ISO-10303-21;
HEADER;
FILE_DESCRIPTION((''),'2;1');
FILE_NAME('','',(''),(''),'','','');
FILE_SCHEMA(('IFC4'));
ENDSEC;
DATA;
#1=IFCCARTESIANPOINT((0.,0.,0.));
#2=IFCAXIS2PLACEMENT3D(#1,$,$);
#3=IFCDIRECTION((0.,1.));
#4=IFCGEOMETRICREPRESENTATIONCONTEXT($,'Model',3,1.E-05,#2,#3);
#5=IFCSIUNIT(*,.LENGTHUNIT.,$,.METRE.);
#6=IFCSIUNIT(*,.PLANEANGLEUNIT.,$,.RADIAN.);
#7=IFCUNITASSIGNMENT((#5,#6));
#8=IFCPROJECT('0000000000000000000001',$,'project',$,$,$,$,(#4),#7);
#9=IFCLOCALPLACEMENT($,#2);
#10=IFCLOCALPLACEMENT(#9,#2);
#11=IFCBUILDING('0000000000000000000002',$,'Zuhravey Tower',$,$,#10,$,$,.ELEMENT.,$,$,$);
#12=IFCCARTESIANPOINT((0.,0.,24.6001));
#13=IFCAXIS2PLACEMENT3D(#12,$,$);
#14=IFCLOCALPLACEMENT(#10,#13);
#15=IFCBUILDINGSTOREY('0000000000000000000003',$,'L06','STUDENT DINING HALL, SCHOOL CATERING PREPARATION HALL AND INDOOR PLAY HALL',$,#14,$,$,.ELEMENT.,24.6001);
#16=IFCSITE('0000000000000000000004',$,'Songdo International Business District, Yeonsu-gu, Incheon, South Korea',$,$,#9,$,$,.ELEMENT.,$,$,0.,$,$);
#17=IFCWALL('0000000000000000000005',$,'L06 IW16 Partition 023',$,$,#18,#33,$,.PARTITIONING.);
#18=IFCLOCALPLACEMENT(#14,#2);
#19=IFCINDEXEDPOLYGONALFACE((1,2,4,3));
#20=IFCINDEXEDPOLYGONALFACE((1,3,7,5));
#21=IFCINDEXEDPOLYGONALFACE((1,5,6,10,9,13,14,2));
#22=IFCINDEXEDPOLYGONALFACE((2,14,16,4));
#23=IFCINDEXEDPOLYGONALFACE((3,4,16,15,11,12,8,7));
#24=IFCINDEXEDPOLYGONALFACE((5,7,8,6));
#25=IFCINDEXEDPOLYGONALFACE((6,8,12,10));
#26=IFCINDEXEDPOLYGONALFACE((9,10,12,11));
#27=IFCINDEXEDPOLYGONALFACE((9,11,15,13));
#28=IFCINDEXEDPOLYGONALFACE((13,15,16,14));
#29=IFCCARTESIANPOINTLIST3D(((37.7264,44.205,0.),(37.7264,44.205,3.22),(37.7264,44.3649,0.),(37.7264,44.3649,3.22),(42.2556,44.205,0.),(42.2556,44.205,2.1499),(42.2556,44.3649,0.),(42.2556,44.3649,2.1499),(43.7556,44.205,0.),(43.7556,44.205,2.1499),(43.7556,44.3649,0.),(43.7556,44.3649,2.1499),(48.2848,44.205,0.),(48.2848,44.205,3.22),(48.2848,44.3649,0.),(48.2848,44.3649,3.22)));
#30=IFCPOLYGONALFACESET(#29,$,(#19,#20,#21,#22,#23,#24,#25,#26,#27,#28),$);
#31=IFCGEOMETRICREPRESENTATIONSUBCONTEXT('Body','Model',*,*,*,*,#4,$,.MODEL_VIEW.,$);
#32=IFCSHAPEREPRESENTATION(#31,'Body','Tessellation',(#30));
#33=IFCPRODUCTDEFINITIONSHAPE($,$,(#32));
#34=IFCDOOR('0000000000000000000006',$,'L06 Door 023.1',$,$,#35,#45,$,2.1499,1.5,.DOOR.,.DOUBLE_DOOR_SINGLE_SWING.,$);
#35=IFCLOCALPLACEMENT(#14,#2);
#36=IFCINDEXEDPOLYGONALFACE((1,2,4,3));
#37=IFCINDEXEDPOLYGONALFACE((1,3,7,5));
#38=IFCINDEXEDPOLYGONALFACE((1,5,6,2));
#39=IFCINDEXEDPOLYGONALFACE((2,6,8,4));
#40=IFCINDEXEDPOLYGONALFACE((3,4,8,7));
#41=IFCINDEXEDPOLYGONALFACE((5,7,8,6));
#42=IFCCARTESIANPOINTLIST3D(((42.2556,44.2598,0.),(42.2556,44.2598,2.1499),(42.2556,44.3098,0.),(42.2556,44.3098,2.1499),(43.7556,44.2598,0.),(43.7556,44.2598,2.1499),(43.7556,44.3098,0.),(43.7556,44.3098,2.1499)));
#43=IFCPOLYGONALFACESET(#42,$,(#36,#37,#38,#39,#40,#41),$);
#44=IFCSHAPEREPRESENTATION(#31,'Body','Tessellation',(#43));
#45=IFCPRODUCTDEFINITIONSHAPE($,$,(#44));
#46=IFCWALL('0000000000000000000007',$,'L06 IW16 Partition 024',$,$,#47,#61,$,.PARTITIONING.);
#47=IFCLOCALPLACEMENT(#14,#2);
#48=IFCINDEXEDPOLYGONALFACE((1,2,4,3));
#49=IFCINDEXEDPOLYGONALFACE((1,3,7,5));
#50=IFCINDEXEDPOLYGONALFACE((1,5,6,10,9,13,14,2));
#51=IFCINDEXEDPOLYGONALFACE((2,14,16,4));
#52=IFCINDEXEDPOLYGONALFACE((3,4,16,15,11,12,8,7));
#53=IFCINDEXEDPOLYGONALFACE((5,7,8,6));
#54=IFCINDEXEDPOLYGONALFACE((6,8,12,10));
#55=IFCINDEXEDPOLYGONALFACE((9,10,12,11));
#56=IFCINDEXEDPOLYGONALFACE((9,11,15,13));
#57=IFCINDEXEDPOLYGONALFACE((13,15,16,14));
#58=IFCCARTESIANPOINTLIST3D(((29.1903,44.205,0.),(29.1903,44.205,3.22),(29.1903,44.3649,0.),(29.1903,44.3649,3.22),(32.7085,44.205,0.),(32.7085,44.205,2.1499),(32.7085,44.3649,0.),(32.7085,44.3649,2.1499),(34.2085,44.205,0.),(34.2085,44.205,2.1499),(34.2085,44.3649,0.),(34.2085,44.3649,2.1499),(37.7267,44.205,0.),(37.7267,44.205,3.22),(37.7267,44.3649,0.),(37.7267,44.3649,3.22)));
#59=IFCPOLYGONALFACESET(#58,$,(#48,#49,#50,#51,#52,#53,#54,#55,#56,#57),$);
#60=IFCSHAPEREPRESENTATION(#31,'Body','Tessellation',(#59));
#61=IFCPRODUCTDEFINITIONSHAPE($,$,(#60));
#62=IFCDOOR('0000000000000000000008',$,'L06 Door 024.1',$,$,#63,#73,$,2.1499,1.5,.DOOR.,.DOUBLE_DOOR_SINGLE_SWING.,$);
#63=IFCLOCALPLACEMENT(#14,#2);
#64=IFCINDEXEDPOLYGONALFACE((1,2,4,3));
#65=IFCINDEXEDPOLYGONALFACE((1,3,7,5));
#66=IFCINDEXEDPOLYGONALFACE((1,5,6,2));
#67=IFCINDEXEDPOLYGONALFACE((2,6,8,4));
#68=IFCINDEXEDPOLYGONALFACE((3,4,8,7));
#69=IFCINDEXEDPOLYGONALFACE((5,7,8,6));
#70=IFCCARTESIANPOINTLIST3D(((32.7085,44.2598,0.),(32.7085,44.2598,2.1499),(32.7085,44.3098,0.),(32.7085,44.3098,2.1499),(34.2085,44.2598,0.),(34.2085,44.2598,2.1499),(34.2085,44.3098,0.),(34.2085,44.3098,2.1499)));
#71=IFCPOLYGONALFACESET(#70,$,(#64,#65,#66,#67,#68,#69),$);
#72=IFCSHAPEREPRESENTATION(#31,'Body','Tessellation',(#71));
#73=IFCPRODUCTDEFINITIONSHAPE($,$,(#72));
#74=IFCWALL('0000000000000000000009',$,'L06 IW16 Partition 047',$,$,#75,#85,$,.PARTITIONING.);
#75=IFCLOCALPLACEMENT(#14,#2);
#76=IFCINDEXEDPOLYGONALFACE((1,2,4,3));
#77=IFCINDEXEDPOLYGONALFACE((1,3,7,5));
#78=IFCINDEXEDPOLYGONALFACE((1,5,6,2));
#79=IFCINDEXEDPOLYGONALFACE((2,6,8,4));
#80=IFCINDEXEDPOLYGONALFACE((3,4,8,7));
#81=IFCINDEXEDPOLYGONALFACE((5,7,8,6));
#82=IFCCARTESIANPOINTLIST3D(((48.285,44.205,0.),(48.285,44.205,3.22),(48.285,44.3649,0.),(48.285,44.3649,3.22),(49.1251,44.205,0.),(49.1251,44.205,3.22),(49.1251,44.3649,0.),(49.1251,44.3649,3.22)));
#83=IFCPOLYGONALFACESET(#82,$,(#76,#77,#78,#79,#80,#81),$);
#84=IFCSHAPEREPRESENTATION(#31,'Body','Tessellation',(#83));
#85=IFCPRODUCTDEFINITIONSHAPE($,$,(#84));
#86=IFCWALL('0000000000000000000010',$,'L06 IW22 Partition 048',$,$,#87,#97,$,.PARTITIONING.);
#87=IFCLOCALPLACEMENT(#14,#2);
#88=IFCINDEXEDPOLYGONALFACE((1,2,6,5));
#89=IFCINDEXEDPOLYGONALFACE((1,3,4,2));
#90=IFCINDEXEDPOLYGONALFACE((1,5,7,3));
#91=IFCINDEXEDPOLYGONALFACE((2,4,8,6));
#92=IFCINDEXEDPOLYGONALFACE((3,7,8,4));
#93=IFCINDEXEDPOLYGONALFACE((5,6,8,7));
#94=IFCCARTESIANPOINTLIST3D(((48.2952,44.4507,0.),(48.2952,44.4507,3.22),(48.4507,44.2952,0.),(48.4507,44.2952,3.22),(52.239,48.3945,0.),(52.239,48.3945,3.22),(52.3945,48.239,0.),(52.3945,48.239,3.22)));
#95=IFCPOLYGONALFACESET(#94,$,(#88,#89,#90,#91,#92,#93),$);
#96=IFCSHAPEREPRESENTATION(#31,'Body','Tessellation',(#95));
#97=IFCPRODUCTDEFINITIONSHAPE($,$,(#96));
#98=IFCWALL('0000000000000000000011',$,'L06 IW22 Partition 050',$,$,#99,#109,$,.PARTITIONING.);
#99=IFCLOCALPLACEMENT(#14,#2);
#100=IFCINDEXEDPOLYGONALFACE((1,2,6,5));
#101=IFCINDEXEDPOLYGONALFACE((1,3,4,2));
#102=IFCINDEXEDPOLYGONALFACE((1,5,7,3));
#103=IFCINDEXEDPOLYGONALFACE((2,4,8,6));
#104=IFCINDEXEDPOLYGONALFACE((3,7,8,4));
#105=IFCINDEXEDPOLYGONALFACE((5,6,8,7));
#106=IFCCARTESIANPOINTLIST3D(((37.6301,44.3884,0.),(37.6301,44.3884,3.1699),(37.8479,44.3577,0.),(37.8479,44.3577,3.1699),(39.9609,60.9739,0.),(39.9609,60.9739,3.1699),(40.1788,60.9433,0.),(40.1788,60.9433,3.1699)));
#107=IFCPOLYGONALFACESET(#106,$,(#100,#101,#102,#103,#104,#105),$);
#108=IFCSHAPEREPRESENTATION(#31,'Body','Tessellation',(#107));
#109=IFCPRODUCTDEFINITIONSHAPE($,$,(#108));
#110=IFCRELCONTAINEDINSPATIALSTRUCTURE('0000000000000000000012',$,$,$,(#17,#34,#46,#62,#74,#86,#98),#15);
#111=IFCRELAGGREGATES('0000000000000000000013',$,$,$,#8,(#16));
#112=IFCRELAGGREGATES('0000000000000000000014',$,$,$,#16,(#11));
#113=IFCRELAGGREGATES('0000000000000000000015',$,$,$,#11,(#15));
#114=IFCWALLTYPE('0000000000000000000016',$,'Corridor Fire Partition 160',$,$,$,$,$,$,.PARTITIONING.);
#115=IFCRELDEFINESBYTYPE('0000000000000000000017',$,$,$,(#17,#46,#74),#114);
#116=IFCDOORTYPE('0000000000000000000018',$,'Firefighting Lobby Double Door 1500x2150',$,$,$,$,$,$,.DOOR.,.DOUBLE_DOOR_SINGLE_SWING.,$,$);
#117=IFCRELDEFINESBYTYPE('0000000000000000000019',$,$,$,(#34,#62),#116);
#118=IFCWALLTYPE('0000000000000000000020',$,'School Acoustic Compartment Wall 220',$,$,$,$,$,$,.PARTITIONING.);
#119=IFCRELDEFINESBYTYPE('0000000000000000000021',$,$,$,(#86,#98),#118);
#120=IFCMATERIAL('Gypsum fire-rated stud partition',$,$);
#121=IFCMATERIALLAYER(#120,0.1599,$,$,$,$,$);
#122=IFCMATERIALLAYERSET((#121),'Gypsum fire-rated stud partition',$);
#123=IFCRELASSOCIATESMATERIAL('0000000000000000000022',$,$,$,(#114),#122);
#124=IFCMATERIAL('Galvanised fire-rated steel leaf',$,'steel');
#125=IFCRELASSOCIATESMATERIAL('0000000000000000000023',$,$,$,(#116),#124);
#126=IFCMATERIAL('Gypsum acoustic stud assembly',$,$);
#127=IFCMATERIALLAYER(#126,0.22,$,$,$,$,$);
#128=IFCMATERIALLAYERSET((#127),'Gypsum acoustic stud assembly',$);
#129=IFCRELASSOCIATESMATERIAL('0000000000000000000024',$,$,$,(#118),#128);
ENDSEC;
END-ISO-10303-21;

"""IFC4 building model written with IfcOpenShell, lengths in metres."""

from ifc_helpers import new_model, si_unit, direction, frame, frame_2d, origin, place, context, subcontext, project, spatial, rectangle, extrude, material, layer, layer_set, type_object, element, fill, save


model = new_model("IFC4")

# Units and contexts
model_context = context("Model", 3, precision=1e-05, world=origin(), true_north=direction((0.0, 1.0)))
body_context = subcontext(model_context, "Body", "Model", "MODEL_VIEW")
ifc_project = project(units=[si_unit("LENGTHUNIT", "METRE"), si_unit("PLANEANGLEUNIT", "RADIAN")], contexts=[model_context])

# Site, building, storey
site_placement = place(None, origin())
site = spatial("IfcSite", under=ifc_project, at=site_placement, Name="Songdo International Business District, Yeonsu-gu, Incheon, South Korea", CompositionType="ELEMENT", RefElevation=0.0)
building_placement = place(site_placement, origin())
building = spatial("IfcBuilding", under=site, at=building_placement, Name="Zuhravey Tower", CompositionType="ELEMENT")
storey_placement = place(building_placement, frame((0.0, 0.0, 24.6001)))
storey = spatial("IfcBuildingStorey", under=building, at=storey_placement, Name="L06", Description="STUDENT DINING HALL, SCHOOL CATERING PREPARATION HALL AND INDOOR PLAY HALL", CompositionType="ELEMENT", Elevation=24.6001)

# Walls, openings, doors
ifc_material_1 = material(Name="Gypsum fire-rated stud partition")
ifc_layer_1 = layer(ifc_material_1, 0.1599)
ifc_layer_set_1 = layer_set([ifc_layer_1], Name="Gypsum fire-rated stud partition")
wall_type_1 = type_object("IfcWallType", Name="Corridor Fire Partition 160", PredefinedType="PARTITIONING", material=ifc_layer_set_1)
wall_1_placement = place(storey_placement, frame((48.2849, 44.2849, 0.0), z_axis=(0.0, 0.0, 1.0), x_axis=(-1.0, 0.0, 0.0)))
wall_1 = element("IfcWall", 1, at=wall_1_placement, inside=storey, type_object=wall_type_1, Name="L06 IW16 Partition 023", PredefinedType="PARTITIONING", context=body_context, shape_type="SweptSolid", body=[
    extrude(rectangle(XDim=10.5583, YDim=0.1599, at=frame_2d((5.2793, 0.0))), origin(), (0.0, 0.0, 1.0), 3.22),
])
opening_1_placement = place(wall_1_placement, frame((4.5293, 0.0, 0.0)))
opening_1 = element("IfcOpeningElement", 2, at=opening_1_placement, cuts=wall_1, PredefinedType="OPENING", context=body_context, shape_type="SweptSolid", body=[
    extrude(rectangle(XDim=1.5, YDim=2.1499, at=frame_2d((0.75, 1.075))), frame((0.0, 0.092, 0.0), z_axis=(0.0, -1.0, 0.0), x_axis=(1.0, 0.0, 0.0)), (0.0, 0.0, 1.0), 0.1838),
])
ifc_material_2 = material(Name="Galvanised fire-rated steel leaf", Category="steel")
door_type = type_object("IfcDoorType", Name="Firefighting Lobby Double Door 1500x2150", OperationType="DOUBLE_DOOR_SINGLE_SWING", PredefinedType="DOOR", material=ifc_material_2)
door_1_placement = place(opening_1_placement, frame((1.5, 0.0, 0.0), z_axis=(0.0, 0.0, 1.0), x_axis=(-1.0, 0.0, 0.0)))
door_1 = element("IfcDoor", 3, at=door_1_placement, inside=storey, type_object=door_type, Name="L06 Door 023.1", OperationType="DOUBLE_DOOR_SINGLE_SWING", OverallHeight=2.1499, OverallWidth=1.5, PredefinedType="DOOR", context=body_context, shape_type="SweptSolid", body=[
    extrude(rectangle(XDim=1.5, YDim=2.1499, at=frame_2d((0.75, 1.075))), frame((0.0, 0.0249, 0.0), z_axis=(0.0, -1.0, 0.0), x_axis=(1.0, 0.0, 0.0)), (0.0, 0.0, 1.0), 0.05),
])
fill(opening_1, door_1)
wall_2_placement = place(storey_placement, frame((37.7266, 44.2849, 0.0), z_axis=(0.0, 0.0, 1.0), x_axis=(-1.0, 0.0, 0.0)))
wall_2 = element("IfcWall", 4, at=wall_2_placement, inside=storey, type_object=wall_type_1, Name="L06 IW16 Partition 024", PredefinedType="PARTITIONING", context=body_context, shape_type="SweptSolid", body=[
    extrude(rectangle(XDim=8.5364, YDim=0.1599, at=frame_2d((4.2681, 0.0))), origin(), (0.0, 0.0, 1.0), 3.22),
])
opening_2_placement = place(wall_2_placement, frame((3.5181, 0.0, 0.0)))
opening_2 = element("IfcOpeningElement", 5, at=opening_2_placement, cuts=wall_2, PredefinedType="OPENING", context=body_context, shape_type="SweptSolid", body=[
    extrude(rectangle(XDim=1.5, YDim=2.1499, at=frame_2d((0.75, 1.075))), frame((0.0, 0.092, 0.0), z_axis=(0.0, -1.0, 0.0), x_axis=(1.0, 0.0, 0.0)), (0.0, 0.0, 1.0), 0.1838),
])
door_2_placement = place(opening_2_placement, frame((1.5, 0.0, 0.0), z_axis=(0.0, 0.0, 1.0), x_axis=(-1.0, 0.0, 0.0)))
door_2 = element("IfcDoor", 6, at=door_2_placement, inside=storey, type_object=door_type, Name="L06 Door 024.1", OperationType="DOUBLE_DOOR_SINGLE_SWING", OverallHeight=2.1499, OverallWidth=1.5, PredefinedType="DOOR", context=body_context, shape_type="SweptSolid", body=[
    extrude(rectangle(XDim=1.5, YDim=2.1499, at=frame_2d((0.75, 1.075))), frame((0.0, 0.0249, 0.0), z_axis=(0.0, -1.0, 0.0), x_axis=(1.0, 0.0, 0.0)), (0.0, 0.0, 1.0), 0.05),
])
fill(opening_2, door_2)

# Walls
wall_3_placement = place(storey_placement, frame((49.125, 44.2849, 0.0), z_axis=(0.0, 0.0, 1.0), x_axis=(-1.0, 0.0, 0.0)))
element("IfcWall", 7, at=wall_3_placement, inside=storey, type_object=wall_type_1, Name="L06 IW16 Partition 047", PredefinedType="PARTITIONING", context=body_context, shape_type="SweptSolid", body=[
    extrude(rectangle(XDim=0.8401, YDim=0.1599, at=frame_2d((0.4199, 0.0))), origin(), (0.0, 0.0, 1.0), 3.22),
])
ifc_material_3 = material(Name="Gypsum acoustic stud assembly")
ifc_layer_2 = layer(ifc_material_3, 0.22)
ifc_layer_set_2 = layer_set([ifc_layer_2], Name="Gypsum acoustic stud assembly")
wall_type_2 = type_object("IfcWallType", Name="School Acoustic Compartment Wall 220", PredefinedType="PARTITIONING", material=ifc_layer_set_2)
wall_4_placement = place(storey_placement, frame((48.373, 44.373, 0.0), z_axis=(0.0, 0.0, 1.0), x_axis=(0.707107, 0.707107, 0.0)))
element("IfcWall", 8, at=wall_4_placement, inside=storey, type_object=wall_type_2, Name="L06 IW22 Partition 048", PredefinedType="PARTITIONING", context=body_context, shape_type="SweptSolid", body=[
    extrude(rectangle(XDim=5.5774, YDim=0.22, at=frame_2d((2.7886, 0.0))), origin(), (0.0, 0.0, 1.0), 3.22),
])
wall_5_placement = place(storey_placement, frame((37.739, 44.373, 0.0), z_axis=(0.0, 0.0, 1.0), x_axis=(0.139166, 0.990269, 0.0)))
element("IfcWall", 9, at=wall_5_placement, inside=storey, type_object=wall_type_2, Name="L06 IW22 Partition 050", PredefinedType="PARTITIONING", context=body_context, shape_type="SweptSolid", body=[
    extrude(rectangle(XDim=16.7485, YDim=0.22, at=frame_2d((8.3743, 0.0))), origin(), (0.0, 0.0, 1.0), 3.1699),
])

save(model, "model.ifc")
